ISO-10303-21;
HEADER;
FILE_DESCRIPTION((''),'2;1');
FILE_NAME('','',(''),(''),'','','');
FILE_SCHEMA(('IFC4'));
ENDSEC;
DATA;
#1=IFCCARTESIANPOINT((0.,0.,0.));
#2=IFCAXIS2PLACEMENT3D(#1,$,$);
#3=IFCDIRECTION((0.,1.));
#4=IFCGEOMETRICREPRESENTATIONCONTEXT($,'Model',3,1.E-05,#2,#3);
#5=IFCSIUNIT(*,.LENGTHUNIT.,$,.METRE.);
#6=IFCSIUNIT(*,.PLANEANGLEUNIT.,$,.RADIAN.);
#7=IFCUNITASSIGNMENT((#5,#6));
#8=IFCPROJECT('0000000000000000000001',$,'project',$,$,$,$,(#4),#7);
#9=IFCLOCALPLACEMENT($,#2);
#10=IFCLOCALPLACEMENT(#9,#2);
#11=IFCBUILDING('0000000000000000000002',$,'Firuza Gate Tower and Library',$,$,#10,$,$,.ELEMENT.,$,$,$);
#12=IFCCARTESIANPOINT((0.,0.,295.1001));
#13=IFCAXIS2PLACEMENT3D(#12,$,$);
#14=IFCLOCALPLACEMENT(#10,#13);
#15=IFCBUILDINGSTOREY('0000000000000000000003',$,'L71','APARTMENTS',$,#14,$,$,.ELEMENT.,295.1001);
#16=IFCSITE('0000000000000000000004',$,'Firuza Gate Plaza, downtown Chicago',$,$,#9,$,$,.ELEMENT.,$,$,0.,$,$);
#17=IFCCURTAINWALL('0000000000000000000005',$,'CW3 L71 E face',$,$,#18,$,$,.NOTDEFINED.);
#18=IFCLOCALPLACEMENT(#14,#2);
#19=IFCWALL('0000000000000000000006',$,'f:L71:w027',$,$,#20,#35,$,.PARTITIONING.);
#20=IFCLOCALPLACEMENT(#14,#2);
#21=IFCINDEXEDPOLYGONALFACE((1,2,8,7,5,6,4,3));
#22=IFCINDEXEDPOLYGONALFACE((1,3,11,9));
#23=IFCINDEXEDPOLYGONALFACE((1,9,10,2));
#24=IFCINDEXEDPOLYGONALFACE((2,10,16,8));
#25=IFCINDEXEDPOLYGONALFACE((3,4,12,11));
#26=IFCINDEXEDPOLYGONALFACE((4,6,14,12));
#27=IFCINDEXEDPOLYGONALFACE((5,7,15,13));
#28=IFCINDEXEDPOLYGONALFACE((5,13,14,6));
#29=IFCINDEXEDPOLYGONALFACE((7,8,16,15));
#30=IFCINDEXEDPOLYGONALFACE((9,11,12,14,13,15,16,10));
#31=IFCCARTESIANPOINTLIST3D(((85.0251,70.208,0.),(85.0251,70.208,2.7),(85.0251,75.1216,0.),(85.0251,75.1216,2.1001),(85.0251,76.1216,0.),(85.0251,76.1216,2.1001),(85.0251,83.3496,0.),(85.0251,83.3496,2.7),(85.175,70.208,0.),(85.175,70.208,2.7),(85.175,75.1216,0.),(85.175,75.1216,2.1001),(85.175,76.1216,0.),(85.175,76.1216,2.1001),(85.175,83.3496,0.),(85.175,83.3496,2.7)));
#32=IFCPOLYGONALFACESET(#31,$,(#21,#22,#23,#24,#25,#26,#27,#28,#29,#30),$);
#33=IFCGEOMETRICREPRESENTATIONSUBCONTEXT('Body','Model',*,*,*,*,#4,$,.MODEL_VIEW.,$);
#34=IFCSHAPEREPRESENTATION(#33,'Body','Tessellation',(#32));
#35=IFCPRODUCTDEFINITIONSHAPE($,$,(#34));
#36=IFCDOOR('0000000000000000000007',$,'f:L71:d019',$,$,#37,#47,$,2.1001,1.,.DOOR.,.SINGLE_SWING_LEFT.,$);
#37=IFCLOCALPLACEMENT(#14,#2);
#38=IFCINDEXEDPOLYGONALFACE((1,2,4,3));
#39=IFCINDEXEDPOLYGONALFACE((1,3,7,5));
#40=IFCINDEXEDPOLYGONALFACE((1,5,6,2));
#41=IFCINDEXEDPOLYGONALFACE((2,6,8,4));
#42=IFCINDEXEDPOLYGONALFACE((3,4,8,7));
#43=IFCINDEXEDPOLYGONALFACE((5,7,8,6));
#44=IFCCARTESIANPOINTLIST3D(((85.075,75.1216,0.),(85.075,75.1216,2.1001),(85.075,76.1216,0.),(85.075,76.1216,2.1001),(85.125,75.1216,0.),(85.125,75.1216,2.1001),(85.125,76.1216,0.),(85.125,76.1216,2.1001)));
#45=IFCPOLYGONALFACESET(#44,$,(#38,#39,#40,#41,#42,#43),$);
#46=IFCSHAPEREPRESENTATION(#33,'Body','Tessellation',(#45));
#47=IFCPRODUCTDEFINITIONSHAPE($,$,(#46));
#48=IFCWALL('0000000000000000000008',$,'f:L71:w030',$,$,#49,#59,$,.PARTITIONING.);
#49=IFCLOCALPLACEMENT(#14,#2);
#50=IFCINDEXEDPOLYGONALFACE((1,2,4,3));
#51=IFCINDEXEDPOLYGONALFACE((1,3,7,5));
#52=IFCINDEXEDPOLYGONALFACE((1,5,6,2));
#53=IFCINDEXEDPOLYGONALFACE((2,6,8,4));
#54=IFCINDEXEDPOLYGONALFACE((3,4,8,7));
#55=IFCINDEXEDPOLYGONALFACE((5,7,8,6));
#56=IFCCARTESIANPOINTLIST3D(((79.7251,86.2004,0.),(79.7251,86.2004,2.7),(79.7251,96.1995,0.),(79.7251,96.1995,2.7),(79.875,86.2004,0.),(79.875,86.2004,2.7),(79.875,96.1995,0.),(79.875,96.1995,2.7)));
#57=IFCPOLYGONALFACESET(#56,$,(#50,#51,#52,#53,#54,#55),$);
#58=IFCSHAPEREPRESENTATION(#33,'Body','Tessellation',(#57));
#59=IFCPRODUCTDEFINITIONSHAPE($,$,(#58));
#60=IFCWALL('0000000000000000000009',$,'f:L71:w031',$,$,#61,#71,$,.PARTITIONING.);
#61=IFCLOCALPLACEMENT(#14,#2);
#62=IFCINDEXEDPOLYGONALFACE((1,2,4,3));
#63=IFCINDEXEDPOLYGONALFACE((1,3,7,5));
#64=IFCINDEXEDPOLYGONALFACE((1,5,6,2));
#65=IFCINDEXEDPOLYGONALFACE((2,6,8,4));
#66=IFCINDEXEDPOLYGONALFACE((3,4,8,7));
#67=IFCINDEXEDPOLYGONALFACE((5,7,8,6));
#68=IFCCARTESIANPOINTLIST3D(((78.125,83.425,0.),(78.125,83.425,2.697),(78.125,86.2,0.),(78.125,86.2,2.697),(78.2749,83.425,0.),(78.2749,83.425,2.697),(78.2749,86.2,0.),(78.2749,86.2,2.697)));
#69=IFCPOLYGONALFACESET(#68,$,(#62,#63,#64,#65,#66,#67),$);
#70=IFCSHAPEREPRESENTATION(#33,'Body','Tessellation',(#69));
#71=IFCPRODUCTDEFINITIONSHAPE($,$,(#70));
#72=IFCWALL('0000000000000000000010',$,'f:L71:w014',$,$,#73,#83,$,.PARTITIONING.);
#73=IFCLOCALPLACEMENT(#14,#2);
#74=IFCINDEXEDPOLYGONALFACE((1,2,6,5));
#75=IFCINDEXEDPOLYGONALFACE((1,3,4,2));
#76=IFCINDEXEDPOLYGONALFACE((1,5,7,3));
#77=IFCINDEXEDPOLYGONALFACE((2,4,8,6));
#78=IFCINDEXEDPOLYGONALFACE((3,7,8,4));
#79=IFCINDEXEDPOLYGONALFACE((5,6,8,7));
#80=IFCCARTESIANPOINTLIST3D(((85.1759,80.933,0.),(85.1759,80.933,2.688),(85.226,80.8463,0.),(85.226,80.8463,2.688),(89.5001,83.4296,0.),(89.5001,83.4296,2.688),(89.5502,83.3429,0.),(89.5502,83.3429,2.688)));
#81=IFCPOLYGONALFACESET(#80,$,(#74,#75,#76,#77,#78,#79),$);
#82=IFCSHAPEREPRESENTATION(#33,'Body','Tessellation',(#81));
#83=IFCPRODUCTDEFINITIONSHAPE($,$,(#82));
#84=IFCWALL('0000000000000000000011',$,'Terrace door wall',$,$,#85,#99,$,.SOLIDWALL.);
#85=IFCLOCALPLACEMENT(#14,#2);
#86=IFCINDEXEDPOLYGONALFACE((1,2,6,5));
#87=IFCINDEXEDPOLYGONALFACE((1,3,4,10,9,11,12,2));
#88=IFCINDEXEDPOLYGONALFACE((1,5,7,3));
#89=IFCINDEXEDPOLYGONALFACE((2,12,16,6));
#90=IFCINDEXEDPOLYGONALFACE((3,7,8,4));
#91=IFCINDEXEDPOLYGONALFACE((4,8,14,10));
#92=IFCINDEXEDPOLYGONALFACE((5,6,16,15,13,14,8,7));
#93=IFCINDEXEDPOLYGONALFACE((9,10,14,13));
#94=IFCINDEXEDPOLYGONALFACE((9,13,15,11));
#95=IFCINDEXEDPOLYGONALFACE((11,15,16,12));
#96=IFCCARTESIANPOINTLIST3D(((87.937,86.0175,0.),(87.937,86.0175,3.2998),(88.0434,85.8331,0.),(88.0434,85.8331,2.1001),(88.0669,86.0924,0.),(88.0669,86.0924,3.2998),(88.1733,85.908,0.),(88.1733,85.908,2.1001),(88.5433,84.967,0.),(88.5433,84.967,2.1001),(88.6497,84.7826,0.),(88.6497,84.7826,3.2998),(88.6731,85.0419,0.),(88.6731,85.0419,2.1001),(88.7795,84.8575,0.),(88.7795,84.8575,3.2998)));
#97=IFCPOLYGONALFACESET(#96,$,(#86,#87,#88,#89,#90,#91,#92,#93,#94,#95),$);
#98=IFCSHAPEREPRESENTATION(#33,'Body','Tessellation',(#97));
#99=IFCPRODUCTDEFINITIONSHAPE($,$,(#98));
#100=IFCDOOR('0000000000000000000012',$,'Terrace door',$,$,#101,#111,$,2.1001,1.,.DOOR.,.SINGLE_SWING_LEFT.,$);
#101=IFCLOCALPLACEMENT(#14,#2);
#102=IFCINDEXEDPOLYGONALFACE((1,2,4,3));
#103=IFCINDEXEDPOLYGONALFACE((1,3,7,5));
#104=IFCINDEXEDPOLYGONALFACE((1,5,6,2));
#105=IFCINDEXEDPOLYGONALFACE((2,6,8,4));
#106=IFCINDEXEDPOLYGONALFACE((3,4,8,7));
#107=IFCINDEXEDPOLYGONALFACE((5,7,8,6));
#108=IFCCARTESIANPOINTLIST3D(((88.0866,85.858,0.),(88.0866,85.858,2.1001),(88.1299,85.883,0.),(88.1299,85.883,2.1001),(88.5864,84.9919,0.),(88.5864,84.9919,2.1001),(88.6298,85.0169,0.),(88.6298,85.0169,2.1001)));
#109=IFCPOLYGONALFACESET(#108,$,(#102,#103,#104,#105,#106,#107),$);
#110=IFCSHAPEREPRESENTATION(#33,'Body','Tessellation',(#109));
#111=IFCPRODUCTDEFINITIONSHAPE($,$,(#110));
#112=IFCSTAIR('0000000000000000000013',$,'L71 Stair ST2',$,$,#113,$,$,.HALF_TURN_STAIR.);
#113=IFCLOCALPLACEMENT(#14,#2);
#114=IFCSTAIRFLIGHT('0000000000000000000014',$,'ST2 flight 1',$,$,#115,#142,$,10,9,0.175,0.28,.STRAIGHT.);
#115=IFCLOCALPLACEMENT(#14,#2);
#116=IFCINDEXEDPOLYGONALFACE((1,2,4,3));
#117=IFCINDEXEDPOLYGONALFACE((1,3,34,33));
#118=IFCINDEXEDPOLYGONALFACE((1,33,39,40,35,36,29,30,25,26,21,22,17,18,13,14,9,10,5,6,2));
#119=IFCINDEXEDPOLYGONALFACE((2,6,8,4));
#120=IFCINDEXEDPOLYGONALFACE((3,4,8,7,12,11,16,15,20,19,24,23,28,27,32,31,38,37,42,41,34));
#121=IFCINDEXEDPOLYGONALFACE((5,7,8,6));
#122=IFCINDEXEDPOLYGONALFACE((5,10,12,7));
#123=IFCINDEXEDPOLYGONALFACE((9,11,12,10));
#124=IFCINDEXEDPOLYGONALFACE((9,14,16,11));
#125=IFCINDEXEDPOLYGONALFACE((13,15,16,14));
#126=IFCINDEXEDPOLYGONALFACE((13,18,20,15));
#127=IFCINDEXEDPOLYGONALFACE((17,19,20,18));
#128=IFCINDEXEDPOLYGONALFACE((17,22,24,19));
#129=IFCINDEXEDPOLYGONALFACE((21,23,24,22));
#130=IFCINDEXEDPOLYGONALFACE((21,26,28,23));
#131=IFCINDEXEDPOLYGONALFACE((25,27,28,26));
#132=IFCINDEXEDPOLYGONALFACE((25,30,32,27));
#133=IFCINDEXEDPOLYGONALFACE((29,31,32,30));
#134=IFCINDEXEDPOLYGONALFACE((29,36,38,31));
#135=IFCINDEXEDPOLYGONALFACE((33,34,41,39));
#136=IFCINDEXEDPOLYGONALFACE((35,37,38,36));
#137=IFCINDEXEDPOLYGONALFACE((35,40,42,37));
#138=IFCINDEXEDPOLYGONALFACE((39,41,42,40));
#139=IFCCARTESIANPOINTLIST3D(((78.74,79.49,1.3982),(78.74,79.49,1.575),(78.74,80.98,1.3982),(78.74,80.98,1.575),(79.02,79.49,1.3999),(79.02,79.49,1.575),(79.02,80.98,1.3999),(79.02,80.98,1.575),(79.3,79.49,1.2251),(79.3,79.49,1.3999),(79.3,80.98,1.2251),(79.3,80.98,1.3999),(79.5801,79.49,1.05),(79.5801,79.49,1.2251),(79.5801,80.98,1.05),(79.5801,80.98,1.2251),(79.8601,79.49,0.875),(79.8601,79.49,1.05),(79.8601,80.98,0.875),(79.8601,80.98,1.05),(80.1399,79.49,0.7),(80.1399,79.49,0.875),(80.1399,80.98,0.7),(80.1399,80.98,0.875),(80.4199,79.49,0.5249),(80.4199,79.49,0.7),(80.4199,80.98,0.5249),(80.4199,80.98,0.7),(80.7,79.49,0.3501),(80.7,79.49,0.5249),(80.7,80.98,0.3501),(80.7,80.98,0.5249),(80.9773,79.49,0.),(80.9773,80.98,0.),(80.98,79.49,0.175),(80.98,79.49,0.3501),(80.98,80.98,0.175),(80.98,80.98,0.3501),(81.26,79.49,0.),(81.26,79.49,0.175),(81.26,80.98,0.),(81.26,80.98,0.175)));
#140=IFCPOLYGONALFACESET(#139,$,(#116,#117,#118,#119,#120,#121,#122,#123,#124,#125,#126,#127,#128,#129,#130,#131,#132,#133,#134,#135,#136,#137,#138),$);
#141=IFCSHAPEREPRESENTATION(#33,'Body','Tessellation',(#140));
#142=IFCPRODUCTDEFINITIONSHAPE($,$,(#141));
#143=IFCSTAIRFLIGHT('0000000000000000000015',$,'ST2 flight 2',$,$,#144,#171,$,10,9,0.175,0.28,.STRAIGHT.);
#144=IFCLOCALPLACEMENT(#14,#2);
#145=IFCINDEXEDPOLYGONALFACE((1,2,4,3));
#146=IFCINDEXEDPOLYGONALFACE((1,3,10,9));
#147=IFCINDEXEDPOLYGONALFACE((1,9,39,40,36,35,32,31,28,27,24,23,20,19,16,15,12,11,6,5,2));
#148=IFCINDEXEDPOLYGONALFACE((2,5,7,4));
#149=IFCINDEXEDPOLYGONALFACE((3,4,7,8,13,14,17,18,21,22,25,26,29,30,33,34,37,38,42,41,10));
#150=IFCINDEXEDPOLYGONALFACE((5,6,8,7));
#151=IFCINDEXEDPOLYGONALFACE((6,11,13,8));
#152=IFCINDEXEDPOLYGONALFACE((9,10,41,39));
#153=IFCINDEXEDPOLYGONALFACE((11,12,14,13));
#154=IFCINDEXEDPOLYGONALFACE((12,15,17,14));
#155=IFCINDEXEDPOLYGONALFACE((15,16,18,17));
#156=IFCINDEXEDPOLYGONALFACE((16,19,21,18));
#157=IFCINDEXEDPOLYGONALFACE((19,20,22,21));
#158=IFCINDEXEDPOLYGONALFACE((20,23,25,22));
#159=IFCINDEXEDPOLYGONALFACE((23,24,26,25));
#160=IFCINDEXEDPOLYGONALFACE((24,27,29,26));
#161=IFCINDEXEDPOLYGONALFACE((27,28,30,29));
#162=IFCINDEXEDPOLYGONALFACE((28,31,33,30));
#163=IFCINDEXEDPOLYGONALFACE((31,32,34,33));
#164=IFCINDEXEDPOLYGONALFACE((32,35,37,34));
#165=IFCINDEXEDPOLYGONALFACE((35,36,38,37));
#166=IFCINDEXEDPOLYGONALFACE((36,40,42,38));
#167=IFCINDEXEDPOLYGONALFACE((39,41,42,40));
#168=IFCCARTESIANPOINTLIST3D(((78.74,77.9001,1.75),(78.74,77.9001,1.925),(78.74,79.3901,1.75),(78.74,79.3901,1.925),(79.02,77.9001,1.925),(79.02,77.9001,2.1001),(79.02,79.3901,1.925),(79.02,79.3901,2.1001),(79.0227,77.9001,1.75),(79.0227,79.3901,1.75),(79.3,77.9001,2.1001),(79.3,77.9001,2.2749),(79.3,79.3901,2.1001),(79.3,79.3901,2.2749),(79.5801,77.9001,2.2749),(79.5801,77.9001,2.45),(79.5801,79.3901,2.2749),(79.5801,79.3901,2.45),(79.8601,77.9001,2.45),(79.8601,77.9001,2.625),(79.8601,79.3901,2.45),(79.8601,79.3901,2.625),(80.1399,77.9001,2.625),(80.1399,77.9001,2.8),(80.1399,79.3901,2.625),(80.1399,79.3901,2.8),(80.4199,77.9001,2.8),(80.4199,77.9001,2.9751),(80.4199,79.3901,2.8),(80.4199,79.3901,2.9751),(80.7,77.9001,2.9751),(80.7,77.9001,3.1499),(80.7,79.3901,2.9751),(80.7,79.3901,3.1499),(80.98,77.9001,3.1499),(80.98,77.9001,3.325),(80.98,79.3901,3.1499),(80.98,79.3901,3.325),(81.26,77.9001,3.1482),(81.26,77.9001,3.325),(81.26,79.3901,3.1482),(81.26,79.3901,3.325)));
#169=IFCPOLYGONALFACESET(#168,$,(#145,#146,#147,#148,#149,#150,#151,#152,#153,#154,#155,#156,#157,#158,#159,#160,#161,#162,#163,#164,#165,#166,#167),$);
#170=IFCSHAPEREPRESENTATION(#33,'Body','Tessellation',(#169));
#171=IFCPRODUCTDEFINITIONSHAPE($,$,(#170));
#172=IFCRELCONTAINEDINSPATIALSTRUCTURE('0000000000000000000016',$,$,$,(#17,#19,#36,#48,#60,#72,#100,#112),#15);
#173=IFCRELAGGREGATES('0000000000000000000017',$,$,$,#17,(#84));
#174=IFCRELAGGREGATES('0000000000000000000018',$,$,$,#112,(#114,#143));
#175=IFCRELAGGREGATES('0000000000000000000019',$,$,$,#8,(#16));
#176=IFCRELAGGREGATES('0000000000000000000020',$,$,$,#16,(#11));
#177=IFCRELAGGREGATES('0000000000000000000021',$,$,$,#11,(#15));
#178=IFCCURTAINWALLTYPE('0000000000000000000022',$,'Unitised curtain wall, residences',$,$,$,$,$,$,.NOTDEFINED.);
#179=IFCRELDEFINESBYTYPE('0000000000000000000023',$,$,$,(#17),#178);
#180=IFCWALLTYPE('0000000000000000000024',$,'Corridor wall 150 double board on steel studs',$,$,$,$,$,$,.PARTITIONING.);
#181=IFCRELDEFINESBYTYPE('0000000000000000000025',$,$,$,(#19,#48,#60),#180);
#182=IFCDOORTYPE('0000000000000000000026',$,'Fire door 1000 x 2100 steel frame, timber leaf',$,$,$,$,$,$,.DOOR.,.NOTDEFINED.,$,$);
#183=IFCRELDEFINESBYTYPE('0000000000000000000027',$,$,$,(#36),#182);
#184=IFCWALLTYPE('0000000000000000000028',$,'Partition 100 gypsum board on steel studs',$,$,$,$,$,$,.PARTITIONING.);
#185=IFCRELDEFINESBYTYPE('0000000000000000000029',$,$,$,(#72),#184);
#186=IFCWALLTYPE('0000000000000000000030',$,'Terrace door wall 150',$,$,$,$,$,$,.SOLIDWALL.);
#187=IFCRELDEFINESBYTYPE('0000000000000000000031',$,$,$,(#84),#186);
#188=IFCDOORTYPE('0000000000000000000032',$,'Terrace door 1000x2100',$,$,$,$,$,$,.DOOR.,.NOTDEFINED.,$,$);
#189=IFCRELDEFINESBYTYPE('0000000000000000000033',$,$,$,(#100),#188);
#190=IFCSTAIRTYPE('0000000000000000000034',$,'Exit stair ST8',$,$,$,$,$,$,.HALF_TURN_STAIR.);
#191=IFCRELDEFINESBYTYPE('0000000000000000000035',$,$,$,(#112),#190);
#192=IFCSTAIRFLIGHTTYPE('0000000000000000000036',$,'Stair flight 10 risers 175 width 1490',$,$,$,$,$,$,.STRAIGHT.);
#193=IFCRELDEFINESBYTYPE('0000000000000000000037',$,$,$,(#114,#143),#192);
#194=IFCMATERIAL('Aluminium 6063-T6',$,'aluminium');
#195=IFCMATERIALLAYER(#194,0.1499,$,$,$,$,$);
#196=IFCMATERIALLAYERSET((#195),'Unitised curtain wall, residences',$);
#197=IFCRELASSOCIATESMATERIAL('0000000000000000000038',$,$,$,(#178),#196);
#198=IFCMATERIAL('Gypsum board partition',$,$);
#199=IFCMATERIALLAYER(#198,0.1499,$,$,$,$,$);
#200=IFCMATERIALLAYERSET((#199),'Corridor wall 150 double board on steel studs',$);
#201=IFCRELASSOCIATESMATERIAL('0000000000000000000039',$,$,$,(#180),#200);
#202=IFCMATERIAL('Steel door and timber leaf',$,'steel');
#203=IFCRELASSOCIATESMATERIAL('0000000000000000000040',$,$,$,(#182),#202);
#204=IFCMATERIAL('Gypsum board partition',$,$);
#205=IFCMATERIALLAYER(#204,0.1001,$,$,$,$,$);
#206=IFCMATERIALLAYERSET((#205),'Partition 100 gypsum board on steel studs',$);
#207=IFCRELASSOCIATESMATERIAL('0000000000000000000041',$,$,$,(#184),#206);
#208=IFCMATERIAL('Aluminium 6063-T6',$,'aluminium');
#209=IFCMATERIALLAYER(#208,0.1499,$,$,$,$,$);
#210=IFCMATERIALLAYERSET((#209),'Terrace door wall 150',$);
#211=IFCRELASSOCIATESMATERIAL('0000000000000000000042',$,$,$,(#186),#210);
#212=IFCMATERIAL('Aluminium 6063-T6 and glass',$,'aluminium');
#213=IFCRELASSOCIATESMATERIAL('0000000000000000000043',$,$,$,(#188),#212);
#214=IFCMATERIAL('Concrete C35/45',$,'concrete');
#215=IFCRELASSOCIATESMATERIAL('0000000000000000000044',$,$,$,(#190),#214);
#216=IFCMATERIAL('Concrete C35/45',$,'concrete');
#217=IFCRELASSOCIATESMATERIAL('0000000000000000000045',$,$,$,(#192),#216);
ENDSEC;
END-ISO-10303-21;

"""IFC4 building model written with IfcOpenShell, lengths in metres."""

from ifc_helpers import new_model, si_unit, direction, frame, frame_2d, origin, place, context, subcontext, project, spatial, polyline, rectangle, outline, extrude, material, layer, layer_set, type_object, element, fill, aggregate, save


model = new_model("IFC4")

# Units and contexts
model_context = context("Model", 3, precision=1e-05, world=origin(), true_north=direction((0.0, 1.0)))
body_context = subcontext(model_context, "Body", "Model", "MODEL_VIEW")
ifc_project = project(units=[si_unit("LENGTHUNIT", "METRE"), si_unit("PLANEANGLEUNIT", "RADIAN")], contexts=[model_context])

# Site, building, storey
site_placement = place(None, origin())
site = spatial("IfcSite", under=ifc_project, at=site_placement, Name="Firuza Gate Plaza, downtown Chicago", CompositionType="ELEMENT", RefElevation=0.0)
building_placement = place(site_placement, origin())
building = spatial("IfcBuilding", under=site, at=building_placement, Name="Firuza Gate Tower and Library", CompositionType="ELEMENT")
storey_placement = place(building_placement, frame((0.0, 0.0, 295.1001)))
storey = spatial("IfcBuildingStorey", under=building, at=storey_placement, Name="L71", Description="APARTMENTS", CompositionType="ELEMENT", Elevation=295.1001)

# Curtain wall
ifc_material_1 = material(Name="Aluminium 6063-T6", Category="aluminium")
ifc_layer_1 = layer(ifc_material_1, 0.1499)
ifc_layer_set_1 = layer_set([ifc_layer_1], Name="Unitised curtain wall, residences")
curtain_wall_type = type_object("IfcCurtainWallType", Name="Unitised curtain wall, residences", PredefinedType="NOTDEFINED", material=ifc_layer_set_1)
placement = place(storey_placement, origin())
curtain_wall = element("IfcCurtainWall", 1, at=placement, inside=storey, type_object=curtain_wall_type, Name="CW3 L71 E face", PredefinedType="NOTDEFINED")

# Shared definitions
ifc_material_2 = material(Name="Gypsum board partition")
ifc_layer_2 = layer(ifc_material_2, 0.1499)
ifc_layer_set_2 = layer_set([ifc_layer_2], Name="Corridor wall 150 double board on steel studs")
wall_type_1 = type_object("IfcWallType", Name="Corridor wall 150 double board on steel studs", PredefinedType="PARTITIONING", material=ifc_layer_set_2)
ifc_material_3 = material(Name="Steel door and timber leaf", Category="steel")
door_type_1 = type_object("IfcDoorType", Name="Fire door 1000 x 2100 steel frame, timber leaf", OperationType="NOTDEFINED", PredefinedType="DOOR", material=ifc_material_3)

# Wall, opening, door
wall_1_placement = place(storey_placement, frame((85.1001, 83.3496, 0.0), z_axis=(0.0, 0.0, 1.0), x_axis=(0.0, -1.0, 0.0)))
wall_1 = element("IfcWall", 2, at=wall_1_placement, inside=storey, type_object=wall_type_1, Name="f:L71:w027", PredefinedType="PARTITIONING", context=body_context, shape_type="SweptSolid", body=[
    extrude(rectangle(XDim=13.1416, YDim=0.1499, at=frame_2d((6.5708, 0.0))), origin(), (0.0, 0.0, 1.0), 2.7),
])
opening_1_placement = place(wall_1_placement, frame((7.228, 0.0, 0.0)))
opening_1 = element("IfcOpeningElement", 3, at=opening_1_placement, cuts=wall_1, PredefinedType="OPENING", context=body_context, shape_type="SweptSolid", body=[
    extrude(rectangle(XDim=1.0, YDim=2.1001, at=frame_2d((0.5, 1.05))), frame((0.0, 0.085, 0.0), z_axis=(0.0, -1.0, 0.0), x_axis=(1.0, 0.0, 0.0)), (0.0, 0.0, 1.0), 0.1699),
])
door_1_placement = place(opening_1_placement, origin())
door_1 = element("IfcDoor", 4, at=door_1_placement, inside=storey, type_object=door_type_1, Name="f:L71:d019", OperationType="SINGLE_SWING_LEFT", OverallHeight=2.1001, OverallWidth=1.0, PredefinedType="DOOR", context=body_context, shape_type="SweptSolid", body=[
    extrude(rectangle(XDim=1.0, YDim=2.1001, at=frame_2d((0.5, 1.05))), frame((0.0, 0.0249, 0.0), z_axis=(0.0, -1.0, 0.0), x_axis=(1.0, 0.0, 0.0)), (0.0, 0.0, 1.0), 0.05),
])
fill(opening_1, door_1)

# Walls
wall_2_placement = place(storey_placement, frame((79.8, 86.2004, 0.0), z_axis=(0.0, 0.0, 1.0), x_axis=(0.0, 1.0, 0.0)))
element("IfcWall", 5, at=wall_2_placement, inside=storey, type_object=wall_type_1, Name="f:L71:w030", PredefinedType="PARTITIONING", context=body_context, shape_type="SweptSolid", body=[
    extrude(rectangle(XDim=9.999, YDim=0.1499, at=frame_2d((4.9995, 0.0))), origin(), (0.0, 0.0, 1.0), 2.7),
])
wall_3_placement = place(storey_placement, frame((78.2, 83.425, 0.0), z_axis=(0.0, 0.0, 1.0), x_axis=(0.0, 1.0, 0.0)))
element("IfcWall", 6, at=wall_3_placement, inside=storey, type_object=wall_type_1, Name="f:L71:w031", PredefinedType="PARTITIONING", context=body_context, shape_type="SweptSolid", body=[
    extrude(rectangle(XDim=2.7749, YDim=0.1499, at=frame_2d((1.3875, 0.0))), origin(), (0.0, 0.0, 1.0), 2.697),
])
ifc_material_4 = material(Name="Gypsum board partition")
ifc_layer_3 = layer(ifc_material_4, 0.1001)
ifc_layer_set_3 = layer_set([ifc_layer_3], Name="Partition 100 gypsum board on steel studs")
wall_type_2 = type_object("IfcWallType", Name="Partition 100 gypsum board on steel studs", PredefinedType="PARTITIONING", material=ifc_layer_set_3)
wall_4_placement = place(storey_placement, frame((85.2009, 80.8896, 0.0), z_axis=(0.0, 0.0, 1.0), x_axis=(0.866026, 0.499999, 0.0)))
element("IfcWall", 7, at=wall_4_placement, inside=storey, type_object=wall_type_2, Name="f:L71:w014", PredefinedType="PARTITIONING", context=body_context, shape_type="SweptSolid", body=[
    extrude(rectangle(XDim=4.9932, YDim=0.1001, at=frame_2d((2.4966, 0.0))), origin(), (0.0, 0.0, 1.0), 2.688),
])

# Wall, opening, door
ifc_material_5 = material(Name="Aluminium 6063-T6", Category="aluminium")
ifc_layer_4 = layer(ifc_material_5, 0.1499)
ifc_layer_set_4 = layer_set([ifc_layer_4], Name="Terrace door wall 150")
wall_type_3 = type_object("IfcWallType", Name="Terrace door wall 150", PredefinedType="SOLIDWALL", material=ifc_layer_set_4)
wall_5_placement = place(storey_placement, frame((88.002, 86.0549, 0.0), z_axis=(0.0, 0.0, 1.0), x_axis=(0.499841, -0.866117, 0.0)))
wall_5 = element("IfcWall", 8, at=wall_5_placement, type_object=wall_type_3, Name="Terrace door wall", PredefinedType="SOLIDWALL", context=body_context, shape_type="SweptSolid", body=[
    extrude(rectangle(XDim=1.4258, YDim=0.1499, at=frame_2d((0.7129, 0.0))), origin(), (0.0, 0.0, 1.0), 3.2998),
])
opening_2_placement = place(wall_5_placement, frame((0.2129, 0.0, 0.0)))
opening_2 = element("IfcOpeningElement", 9, at=opening_2_placement, cuts=wall_5, PredefinedType="OPENING", context=body_context, shape_type="SweptSolid", body=[
    extrude(rectangle(XDim=1.0, YDim=2.1001, at=frame_2d((0.5, 1.05))), frame((0.0, 0.085, 0.0), z_axis=(0.0, -1.0, 0.0), x_axis=(1.0, 0.0, 0.0)), (0.0, 0.0, 1.0), 0.1699),
])
ifc_material_6 = material(Name="Aluminium 6063-T6 and glass", Category="aluminium")
door_type_2 = type_object("IfcDoorType", Name="Terrace door 1000x2100", OperationType="NOTDEFINED", PredefinedType="DOOR", material=ifc_material_6)
door_2_placement = place(opening_2_placement, origin())
door_2 = element("IfcDoor", 10, at=door_2_placement, inside=storey, type_object=door_type_2, Name="Terrace door", OperationType="SINGLE_SWING_LEFT", OverallHeight=2.1001, OverallWidth=1.0, PredefinedType="DOOR", context=body_context, shape_type="SweptSolid", body=[
    extrude(rectangle(XDim=1.0, YDim=2.1001, at=frame_2d((0.5, 1.05))), frame((0.0, 0.0249, 0.0), z_axis=(0.0, -1.0, 0.0), x_axis=(1.0, 0.0, 0.0)), (0.0, 0.0, 1.0), 0.05),
])
fill(opening_2, door_2)
aggregate(curtain_wall, [wall_5])

# Stair, stair flights
ifc_material_7 = material(Name="Concrete C35/45", Category="concrete")
stair_type = type_object("IfcStairType", Name="Exit stair ST8", PredefinedType="HALF_TURN_STAIR", material=ifc_material_7)
stair = element("IfcStair", 11, at=placement, inside=storey, type_object=stair_type, Name="L71 Stair ST2", PredefinedType="HALF_TURN_STAIR")
ifc_material_8 = material(Name="Concrete C35/45", Category="concrete")
stair_flight_type = type_object("IfcStairFlightType", Name="Stair flight 10 risers 175 width 1490", PredefinedType="STRAIGHT", material=ifc_material_8)
stair_flight_1_placement = place(storey_placement, frame((81.26, 80.2351, 0.0), z_axis=(0.0, 0.0, 1.0), x_axis=(-1.0, 0.0, 0.0)))
stair_flight_1 = element("IfcStairFlight", 12, at=stair_flight_1_placement, type_object=stair_flight_type, Name="ST2 flight 1", NumberOfRisers=10, NumberOfTreads=9, PredefinedType="STRAIGHT", RiserHeight=0.175, TreadLength=0.28, context=body_context, shape_type="SweptSolid", body=[
    extrude(outline(polyline([(0.0, 0.0), (0.0, 0.175), (0.28, 0.175), (0.28, 0.3501), (0.5601, 0.3501), (0.5601, 0.5249), (0.8401, 0.5249), (0.8401, 0.7), (1.1201, 0.7), (1.1201, 0.875), (1.3999, 0.875), (1.3999, 1.05), (1.6799, 1.05), (1.6799, 1.2251), (1.96, 1.2251), (1.96, 1.3999), (2.24, 1.3999), (2.24, 1.575), (2.52, 1.575), (2.52, 1.75), (2.52, 1.3982), (0.2827, 0.0), (0.0, 0.0)])), frame((0.0, 0.7451, 0.0), z_axis=(0.0, -1.0, 0.0), x_axis=(1.0, 0.0, 0.0)), (0.0, 0.0, 1.0), 1.49),
])
stair_flight_2_placement = place(storey_placement, frame((78.74, 78.645, 1.75), z_axis=(0.0, 0.0, 1.0), x_axis=(1.0, 0.0, 0.0)))
stair_flight_2 = element("IfcStairFlight", 13, at=stair_flight_2_placement, type_object=stair_flight_type, Name="ST2 flight 2", NumberOfRisers=10, NumberOfTreads=9, PredefinedType="STRAIGHT", RiserHeight=0.175, TreadLength=0.28, context=body_context, shape_type="SweptSolid", body=[
    extrude(outline(polyline([(0.0, 0.0), (0.0, 0.175), (0.28, 0.175), (0.28, 0.3501), (0.5601, 0.3501), (0.5601, 0.5249), (0.8401, 0.5249), (0.8401, 0.7), (1.1201, 0.7), (1.1201, 0.875), (1.3999, 0.875), (1.3999, 1.05), (1.6799, 1.05), (1.6799, 1.2251), (1.96, 1.2251), (1.96, 1.3999), (2.24, 1.3999), (2.24, 1.575), (2.52, 1.575), (2.52, 1.75), (2.52, 1.3982), (0.2827, 0.0), (0.0, 0.0)])), frame((0.0, 0.7451, 0.0), z_axis=(0.0, -1.0, 0.0), x_axis=(1.0, 0.0, 0.0)), (0.0, 0.0, 1.0), 1.49),
])
aggregate(stair, [stair_flight_1, stair_flight_2])

save(model, "model.ifc")
